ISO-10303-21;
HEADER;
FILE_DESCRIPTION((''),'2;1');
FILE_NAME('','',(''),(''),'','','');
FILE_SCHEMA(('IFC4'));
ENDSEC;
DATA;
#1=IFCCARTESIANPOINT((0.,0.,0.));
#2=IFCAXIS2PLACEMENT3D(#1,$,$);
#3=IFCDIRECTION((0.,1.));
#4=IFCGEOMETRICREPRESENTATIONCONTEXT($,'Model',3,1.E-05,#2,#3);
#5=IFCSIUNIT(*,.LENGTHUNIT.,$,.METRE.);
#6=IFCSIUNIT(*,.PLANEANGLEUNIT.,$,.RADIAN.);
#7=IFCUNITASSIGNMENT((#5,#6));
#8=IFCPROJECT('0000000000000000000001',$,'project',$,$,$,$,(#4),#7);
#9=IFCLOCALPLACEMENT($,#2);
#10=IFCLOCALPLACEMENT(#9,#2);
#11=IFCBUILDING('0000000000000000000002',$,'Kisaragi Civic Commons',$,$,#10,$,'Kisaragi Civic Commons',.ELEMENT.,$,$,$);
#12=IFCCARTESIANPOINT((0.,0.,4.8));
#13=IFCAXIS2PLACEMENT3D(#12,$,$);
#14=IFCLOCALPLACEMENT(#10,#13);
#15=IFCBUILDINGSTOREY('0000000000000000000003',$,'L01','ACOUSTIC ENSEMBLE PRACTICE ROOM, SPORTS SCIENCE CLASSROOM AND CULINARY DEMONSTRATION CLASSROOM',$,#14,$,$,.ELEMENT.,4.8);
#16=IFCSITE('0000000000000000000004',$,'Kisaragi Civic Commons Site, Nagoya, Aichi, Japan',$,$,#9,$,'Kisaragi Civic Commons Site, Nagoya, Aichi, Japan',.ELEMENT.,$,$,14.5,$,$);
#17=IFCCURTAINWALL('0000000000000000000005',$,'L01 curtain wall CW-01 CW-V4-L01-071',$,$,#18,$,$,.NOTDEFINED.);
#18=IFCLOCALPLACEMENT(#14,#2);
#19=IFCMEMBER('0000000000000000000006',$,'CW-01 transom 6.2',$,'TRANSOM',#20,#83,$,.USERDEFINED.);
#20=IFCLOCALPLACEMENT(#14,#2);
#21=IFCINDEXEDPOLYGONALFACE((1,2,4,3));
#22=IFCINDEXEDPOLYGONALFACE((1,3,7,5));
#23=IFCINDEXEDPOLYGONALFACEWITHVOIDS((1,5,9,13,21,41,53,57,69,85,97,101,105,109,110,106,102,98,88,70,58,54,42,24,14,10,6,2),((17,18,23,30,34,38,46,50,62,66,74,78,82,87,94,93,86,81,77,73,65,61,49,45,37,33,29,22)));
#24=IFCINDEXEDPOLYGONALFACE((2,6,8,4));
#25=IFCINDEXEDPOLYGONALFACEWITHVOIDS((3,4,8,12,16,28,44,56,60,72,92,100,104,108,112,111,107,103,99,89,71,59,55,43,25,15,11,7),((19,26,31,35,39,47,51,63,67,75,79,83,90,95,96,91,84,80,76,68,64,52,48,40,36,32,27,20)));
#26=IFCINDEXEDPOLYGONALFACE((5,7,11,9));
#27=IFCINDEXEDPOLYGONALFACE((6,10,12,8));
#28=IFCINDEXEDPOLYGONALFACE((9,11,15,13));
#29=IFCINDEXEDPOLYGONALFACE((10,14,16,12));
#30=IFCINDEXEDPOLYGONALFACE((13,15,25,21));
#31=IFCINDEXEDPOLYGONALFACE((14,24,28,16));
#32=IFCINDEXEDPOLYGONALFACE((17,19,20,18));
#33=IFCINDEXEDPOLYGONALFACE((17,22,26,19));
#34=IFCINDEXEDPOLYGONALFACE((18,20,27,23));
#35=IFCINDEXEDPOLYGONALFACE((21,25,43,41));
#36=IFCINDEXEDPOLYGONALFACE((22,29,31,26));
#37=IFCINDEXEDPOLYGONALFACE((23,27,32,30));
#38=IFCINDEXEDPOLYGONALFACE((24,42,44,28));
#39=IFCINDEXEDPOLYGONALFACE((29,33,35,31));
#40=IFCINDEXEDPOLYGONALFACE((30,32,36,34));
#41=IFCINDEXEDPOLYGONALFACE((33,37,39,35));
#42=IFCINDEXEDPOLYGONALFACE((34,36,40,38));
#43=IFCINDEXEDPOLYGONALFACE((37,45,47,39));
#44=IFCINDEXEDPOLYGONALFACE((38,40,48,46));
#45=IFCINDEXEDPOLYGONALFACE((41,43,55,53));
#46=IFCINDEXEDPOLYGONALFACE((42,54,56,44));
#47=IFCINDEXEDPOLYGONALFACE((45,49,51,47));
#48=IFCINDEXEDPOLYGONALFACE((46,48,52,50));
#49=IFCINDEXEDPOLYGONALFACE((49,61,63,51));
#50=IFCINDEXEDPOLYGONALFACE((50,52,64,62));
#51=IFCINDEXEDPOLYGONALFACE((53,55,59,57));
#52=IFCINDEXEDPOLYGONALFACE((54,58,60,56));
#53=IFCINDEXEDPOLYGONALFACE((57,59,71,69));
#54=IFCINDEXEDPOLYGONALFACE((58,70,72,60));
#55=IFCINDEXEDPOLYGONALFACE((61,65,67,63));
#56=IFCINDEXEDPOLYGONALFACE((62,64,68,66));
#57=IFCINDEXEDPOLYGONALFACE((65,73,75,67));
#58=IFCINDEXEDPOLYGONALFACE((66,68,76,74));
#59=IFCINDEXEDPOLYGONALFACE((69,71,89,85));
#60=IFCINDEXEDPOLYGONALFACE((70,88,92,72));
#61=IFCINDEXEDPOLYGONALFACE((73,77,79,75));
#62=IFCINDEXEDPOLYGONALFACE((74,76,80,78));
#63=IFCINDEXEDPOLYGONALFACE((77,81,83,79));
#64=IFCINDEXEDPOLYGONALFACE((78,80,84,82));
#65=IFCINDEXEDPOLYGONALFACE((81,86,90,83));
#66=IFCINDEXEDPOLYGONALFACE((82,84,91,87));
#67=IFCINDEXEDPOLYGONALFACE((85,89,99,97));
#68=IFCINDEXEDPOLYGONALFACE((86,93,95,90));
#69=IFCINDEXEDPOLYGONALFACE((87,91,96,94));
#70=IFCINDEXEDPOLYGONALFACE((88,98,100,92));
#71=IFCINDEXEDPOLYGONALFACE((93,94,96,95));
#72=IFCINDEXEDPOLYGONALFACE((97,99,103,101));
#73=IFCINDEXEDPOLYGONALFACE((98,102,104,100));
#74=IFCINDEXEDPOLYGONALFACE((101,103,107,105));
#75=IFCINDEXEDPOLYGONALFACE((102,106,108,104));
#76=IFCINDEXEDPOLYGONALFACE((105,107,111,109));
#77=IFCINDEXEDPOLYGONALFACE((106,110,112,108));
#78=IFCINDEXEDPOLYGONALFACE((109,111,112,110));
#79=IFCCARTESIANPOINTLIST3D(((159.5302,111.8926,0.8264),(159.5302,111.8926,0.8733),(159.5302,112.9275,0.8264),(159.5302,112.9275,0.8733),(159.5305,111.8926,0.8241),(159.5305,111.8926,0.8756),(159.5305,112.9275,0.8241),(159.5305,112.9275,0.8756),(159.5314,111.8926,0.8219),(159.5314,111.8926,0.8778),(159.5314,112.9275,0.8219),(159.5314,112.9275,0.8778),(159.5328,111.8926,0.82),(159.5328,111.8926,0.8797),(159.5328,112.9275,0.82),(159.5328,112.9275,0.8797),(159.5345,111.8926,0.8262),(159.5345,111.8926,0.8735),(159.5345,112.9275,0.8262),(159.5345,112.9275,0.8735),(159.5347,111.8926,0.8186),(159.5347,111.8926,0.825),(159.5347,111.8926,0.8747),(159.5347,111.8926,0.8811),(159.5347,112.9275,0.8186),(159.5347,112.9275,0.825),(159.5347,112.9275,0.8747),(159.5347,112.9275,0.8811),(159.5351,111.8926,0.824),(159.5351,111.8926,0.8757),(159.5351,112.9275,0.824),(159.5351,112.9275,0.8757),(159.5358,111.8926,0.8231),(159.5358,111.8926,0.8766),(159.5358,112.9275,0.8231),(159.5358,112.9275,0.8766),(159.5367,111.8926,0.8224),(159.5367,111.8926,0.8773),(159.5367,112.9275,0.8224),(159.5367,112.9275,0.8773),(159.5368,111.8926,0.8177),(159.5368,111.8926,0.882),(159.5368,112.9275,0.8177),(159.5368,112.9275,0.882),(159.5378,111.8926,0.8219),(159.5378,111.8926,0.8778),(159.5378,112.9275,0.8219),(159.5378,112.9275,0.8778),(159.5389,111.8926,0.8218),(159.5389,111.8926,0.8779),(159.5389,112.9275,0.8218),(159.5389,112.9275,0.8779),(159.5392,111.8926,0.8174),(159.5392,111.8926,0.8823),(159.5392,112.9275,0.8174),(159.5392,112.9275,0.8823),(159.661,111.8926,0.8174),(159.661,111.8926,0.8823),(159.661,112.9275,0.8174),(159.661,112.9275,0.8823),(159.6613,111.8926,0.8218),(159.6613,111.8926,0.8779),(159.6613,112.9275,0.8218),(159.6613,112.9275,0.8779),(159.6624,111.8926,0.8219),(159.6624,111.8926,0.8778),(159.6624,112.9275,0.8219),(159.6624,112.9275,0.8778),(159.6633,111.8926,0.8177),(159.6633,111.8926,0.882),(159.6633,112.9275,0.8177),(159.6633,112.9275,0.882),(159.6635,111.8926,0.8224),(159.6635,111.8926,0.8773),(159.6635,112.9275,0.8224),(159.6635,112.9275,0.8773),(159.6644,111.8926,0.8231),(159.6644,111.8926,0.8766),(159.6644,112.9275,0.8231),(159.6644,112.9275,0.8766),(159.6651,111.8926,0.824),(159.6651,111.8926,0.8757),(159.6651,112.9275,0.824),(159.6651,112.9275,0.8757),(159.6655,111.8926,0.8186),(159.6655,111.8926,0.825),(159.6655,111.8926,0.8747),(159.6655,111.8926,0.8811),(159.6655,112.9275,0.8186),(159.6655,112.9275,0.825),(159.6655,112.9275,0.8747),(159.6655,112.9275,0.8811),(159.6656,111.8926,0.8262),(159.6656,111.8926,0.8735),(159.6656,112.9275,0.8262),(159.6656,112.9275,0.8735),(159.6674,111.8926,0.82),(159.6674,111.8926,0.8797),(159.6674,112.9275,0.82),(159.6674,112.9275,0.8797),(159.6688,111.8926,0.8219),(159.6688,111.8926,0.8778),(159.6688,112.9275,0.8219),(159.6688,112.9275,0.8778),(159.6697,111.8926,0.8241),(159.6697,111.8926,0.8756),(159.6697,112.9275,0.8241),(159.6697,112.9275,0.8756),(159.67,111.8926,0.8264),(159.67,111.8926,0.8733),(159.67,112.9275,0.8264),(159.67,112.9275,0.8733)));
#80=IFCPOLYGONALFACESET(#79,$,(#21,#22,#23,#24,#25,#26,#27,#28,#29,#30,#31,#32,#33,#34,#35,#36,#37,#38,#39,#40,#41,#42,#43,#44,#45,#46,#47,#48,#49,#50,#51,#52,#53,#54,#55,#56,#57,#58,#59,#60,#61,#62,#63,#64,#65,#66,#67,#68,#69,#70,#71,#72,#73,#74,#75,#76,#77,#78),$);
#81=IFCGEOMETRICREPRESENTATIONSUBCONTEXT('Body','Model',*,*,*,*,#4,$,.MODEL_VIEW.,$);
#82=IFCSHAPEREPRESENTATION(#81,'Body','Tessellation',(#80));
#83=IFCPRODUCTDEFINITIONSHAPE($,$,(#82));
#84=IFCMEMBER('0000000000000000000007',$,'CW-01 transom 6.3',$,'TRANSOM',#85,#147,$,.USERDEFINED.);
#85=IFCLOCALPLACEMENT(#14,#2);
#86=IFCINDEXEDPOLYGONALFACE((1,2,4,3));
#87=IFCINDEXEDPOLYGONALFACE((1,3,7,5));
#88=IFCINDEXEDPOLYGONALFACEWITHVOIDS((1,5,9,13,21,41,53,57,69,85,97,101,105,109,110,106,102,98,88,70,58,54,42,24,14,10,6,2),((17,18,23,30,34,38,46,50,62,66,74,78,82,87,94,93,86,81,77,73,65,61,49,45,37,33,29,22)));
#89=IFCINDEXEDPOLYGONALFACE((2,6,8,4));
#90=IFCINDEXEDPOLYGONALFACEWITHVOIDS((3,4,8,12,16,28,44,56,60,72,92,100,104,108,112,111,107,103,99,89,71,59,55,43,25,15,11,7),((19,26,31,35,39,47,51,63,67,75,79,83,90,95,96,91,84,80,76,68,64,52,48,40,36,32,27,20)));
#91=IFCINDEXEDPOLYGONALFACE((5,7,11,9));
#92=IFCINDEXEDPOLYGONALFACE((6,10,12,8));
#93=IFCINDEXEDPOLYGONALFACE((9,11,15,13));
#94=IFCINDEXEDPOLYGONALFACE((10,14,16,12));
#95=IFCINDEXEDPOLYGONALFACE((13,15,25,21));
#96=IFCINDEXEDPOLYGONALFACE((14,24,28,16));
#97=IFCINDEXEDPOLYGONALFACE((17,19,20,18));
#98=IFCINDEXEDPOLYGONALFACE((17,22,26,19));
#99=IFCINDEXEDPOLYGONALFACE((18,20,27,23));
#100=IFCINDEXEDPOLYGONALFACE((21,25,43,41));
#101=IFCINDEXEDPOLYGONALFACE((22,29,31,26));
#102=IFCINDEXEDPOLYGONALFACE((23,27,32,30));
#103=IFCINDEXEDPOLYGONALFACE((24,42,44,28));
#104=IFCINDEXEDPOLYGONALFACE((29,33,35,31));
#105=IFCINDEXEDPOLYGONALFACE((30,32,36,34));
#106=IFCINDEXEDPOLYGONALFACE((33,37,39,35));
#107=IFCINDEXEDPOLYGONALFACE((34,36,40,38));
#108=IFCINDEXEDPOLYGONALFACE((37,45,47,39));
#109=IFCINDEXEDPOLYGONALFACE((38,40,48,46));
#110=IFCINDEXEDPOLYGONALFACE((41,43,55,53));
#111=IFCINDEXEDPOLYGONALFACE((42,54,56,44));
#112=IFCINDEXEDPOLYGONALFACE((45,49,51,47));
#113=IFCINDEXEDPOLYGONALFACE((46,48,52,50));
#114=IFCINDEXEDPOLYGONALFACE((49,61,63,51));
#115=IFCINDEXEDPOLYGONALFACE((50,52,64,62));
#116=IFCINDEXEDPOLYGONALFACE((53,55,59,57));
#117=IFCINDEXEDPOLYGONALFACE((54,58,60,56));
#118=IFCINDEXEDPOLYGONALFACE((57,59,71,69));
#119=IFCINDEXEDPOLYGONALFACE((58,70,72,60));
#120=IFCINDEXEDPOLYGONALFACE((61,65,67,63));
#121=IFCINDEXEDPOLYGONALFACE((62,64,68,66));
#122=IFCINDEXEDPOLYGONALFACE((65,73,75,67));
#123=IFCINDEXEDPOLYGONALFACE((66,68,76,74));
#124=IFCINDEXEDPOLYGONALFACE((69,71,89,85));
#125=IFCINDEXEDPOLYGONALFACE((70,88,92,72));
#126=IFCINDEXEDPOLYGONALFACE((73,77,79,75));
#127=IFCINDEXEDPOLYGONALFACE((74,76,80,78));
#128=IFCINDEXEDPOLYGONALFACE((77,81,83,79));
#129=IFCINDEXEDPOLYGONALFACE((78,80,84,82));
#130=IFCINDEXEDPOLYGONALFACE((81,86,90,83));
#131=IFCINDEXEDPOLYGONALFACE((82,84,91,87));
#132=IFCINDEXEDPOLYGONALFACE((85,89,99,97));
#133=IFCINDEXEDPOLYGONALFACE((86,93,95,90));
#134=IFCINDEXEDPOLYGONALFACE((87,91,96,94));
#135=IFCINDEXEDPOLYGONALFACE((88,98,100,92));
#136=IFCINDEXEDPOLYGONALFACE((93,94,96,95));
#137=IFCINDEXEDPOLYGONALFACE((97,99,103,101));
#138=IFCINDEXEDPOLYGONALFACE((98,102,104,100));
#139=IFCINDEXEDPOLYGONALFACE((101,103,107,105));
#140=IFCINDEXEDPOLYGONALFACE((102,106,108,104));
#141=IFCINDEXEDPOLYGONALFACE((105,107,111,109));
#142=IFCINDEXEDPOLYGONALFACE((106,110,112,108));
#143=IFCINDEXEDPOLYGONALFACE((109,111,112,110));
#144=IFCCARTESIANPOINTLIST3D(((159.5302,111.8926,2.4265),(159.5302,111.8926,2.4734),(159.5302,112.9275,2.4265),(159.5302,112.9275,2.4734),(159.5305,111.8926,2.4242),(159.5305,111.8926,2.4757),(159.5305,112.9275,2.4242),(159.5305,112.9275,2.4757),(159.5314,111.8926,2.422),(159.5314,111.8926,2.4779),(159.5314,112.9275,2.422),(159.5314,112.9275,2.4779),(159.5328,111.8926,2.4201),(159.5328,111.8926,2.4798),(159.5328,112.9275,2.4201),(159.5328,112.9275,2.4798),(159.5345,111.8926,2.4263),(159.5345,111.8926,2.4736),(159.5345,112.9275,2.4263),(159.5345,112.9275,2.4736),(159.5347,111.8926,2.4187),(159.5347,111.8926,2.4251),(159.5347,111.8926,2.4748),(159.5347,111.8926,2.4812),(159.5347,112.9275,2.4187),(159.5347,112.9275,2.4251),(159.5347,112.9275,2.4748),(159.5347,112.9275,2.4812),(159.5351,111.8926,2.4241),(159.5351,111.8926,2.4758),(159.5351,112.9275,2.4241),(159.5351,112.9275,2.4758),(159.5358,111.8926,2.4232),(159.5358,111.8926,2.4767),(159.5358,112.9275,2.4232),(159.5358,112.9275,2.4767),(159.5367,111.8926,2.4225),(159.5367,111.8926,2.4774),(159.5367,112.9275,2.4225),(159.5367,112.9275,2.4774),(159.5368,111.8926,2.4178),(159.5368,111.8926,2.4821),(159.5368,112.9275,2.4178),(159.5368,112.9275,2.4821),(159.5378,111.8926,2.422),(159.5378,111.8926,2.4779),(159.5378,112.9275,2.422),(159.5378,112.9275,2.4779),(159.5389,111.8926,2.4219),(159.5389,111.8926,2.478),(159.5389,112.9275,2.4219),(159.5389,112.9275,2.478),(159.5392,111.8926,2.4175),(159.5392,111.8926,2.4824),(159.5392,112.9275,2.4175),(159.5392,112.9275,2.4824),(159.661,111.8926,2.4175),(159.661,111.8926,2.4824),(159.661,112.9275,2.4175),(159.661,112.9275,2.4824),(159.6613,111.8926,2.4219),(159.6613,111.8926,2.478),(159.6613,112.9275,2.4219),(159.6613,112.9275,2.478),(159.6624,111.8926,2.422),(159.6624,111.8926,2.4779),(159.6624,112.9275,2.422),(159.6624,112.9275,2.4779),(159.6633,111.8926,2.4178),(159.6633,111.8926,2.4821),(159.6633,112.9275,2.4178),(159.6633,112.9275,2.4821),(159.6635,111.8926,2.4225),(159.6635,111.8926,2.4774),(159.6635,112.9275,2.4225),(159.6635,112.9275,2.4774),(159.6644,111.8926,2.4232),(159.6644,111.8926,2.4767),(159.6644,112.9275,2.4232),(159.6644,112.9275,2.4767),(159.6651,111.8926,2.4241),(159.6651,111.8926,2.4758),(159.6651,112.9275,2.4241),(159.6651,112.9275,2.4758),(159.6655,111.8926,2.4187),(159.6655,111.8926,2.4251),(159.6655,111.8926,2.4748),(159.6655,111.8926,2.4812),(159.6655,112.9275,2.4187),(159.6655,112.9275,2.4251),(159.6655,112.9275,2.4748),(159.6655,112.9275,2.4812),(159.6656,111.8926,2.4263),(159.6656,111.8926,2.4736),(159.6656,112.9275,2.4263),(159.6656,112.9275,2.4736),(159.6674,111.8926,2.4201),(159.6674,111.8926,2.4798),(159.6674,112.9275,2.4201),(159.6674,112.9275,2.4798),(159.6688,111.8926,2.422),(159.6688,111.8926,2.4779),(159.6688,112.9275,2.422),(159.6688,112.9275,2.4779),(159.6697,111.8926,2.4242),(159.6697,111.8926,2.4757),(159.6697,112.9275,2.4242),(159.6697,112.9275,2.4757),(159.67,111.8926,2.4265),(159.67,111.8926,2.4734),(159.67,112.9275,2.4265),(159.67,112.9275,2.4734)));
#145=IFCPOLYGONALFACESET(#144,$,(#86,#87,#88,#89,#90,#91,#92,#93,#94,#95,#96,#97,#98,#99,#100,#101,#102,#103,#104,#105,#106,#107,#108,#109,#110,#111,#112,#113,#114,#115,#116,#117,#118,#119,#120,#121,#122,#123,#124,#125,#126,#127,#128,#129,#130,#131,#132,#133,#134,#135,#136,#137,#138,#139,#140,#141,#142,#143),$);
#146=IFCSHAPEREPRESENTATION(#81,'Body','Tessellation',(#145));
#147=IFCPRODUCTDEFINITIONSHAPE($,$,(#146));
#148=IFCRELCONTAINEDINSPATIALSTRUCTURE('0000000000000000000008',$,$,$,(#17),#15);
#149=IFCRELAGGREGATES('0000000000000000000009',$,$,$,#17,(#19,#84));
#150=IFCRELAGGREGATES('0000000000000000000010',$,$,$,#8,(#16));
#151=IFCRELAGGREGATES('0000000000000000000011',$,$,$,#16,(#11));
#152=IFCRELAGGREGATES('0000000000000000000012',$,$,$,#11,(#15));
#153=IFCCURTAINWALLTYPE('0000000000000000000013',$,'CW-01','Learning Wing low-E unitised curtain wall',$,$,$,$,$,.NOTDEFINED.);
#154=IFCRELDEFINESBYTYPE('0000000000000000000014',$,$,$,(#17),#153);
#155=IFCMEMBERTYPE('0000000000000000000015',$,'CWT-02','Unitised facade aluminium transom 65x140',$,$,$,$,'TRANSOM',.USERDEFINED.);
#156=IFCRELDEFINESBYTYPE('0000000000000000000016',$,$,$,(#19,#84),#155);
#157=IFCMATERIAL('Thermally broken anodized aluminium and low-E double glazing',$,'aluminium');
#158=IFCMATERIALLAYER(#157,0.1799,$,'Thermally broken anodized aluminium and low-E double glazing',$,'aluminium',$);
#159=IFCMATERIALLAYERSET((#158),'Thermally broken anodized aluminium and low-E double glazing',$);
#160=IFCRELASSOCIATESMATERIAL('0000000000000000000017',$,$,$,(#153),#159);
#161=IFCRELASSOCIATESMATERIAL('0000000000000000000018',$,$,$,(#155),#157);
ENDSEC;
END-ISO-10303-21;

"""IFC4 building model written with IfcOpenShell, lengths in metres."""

from ifc_helpers import new_model, si_unit, direction, frame, origin, origin_2d, place, context, subcontext, project, spatial, hollow_rectangle, extrude, material, layer, layer_set, material_profile, profile_set, type_object, element, aggregate, save


model = new_model("IFC4")

# Units and contexts
model_context = context("Model", 3, precision=1e-05, world=origin(), true_north=direction((0.0, 1.0)))
body_context = subcontext(model_context, "Body", "Model", "MODEL_VIEW")
ifc_project = project(units=[si_unit("LENGTHUNIT", "METRE"), si_unit("PLANEANGLEUNIT", "RADIAN")], contexts=[model_context])

# Site, building, storey
site_placement = place(None, origin())
site = spatial("IfcSite", under=ifc_project, at=site_placement, Name="Kisaragi Civic Commons Site, Nagoya, Aichi, Japan", LongName="Kisaragi Civic Commons Site, Nagoya, Aichi, Japan", CompositionType="ELEMENT", RefElevation=14.5)
building_placement = place(site_placement, origin())
building = spatial("IfcBuilding", under=site, at=building_placement, Name="Kisaragi Civic Commons", LongName="Kisaragi Civic Commons", CompositionType="ELEMENT")
storey_placement = place(building_placement, frame((0.0, 0.0, 4.8)))
storey = spatial("IfcBuildingStorey", under=building, at=storey_placement, Name="L01", Description="ACOUSTIC ENSEMBLE PRACTICE ROOM, SPORTS SCIENCE CLASSROOM AND CULINARY DEMONSTRATION CLASSROOM", CompositionType="ELEMENT", Elevation=4.8)

# Curtain wall, members
ifc_material = material(Name="Thermally broken anodized aluminium and low-E double glazing", Category="aluminium")
ifc_layer_1 = layer(ifc_material, 0.1799, Name="Thermally broken anodized aluminium and low-E double glazing", Category="aluminium")
ifc_layer_set_1 = layer_set([ifc_layer_1], Name="Thermally broken anodized aluminium and low-E double glazing")
curtain_wall_type = type_object("IfcCurtainWallType", Name="CW-01", Description="Learning Wing low-E unitised curtain wall", PredefinedType="NOTDEFINED", material=ifc_layer_set_1)
curtain_wall_placement = place(storey_placement, origin())
curtain_wall = element("IfcCurtainWall", 1, at=curtain_wall_placement, inside=storey, type_object=curtain_wall_type, Name="L01 curtain wall CW-01 CW-V4-L01-071", PredefinedType="NOTDEFINED")
ifc_material_profile_1 = material_profile(ifc_material, hollow_rectangle(XDim=0.1399, YDim=0.0649, WallThickness=0.0044, InnerFilletRadius=0.0044, OuterFilletRadius=0.009, at=origin_2d()), Name="CWT-65x140x4.5", Category="aluminium")
ifc_profile_set_1 = profile_set([ifc_material_profile_1], Name="Thermally broken anodized aluminium and low-E double glazing")
member_type_1 = type_object("IfcMemberType", Name="CWT-02", Description="Unitised facade aluminium transom 65x140", ElementType="TRANSOM", PredefinedType="USERDEFINED", material=ifc_profile_set_1)
member_1_placement = place(storey_placement, frame((159.6001, 112.9275, 0.8499), z_axis=(0.0, -1.0, 0.0), x_axis=(1.0, 0.0, 0.0)))
member_1 = element("IfcMember", 2, at=member_1_placement, type_object=member_type_1, Name="CW-01 transom 6.2", ObjectType="TRANSOM", PredefinedType="USERDEFINED", context=body_context, shape_type="SweptSolid", body=[
    extrude(hollow_rectangle(XDim=0.1399, YDim=0.0649, WallThickness=0.0044, InnerFilletRadius=0.0044, OuterFilletRadius=0.009, at=origin_2d()), origin(), (0.0, 0.0, 1.0), 1.0349),
])
member_2_placement = place(storey_placement, frame((159.6001, 112.9275, 2.45), z_axis=(0.0, -1.0, 0.0), x_axis=(1.0, 0.0, 0.0)))
member_2 = element("IfcMember", 3, at=member_2_placement, type_object=member_type_1, Name="CW-01 transom 6.3", ObjectType="TRANSOM", PredefinedType="USERDEFINED", context=body_context, shape_type="SweptSolid", body=[
    extrude(hollow_rectangle(XDim=0.1399, YDim=0.0649, WallThickness=0.0044, InnerFilletRadius=0.0044, OuterFilletRadius=0.009, at=origin_2d()), origin(), (0.0, 0.0, 1.0), 1.0349),
])
aggregate(curtain_wall, [member_1, member_2])

save(model, "model.ifc")
